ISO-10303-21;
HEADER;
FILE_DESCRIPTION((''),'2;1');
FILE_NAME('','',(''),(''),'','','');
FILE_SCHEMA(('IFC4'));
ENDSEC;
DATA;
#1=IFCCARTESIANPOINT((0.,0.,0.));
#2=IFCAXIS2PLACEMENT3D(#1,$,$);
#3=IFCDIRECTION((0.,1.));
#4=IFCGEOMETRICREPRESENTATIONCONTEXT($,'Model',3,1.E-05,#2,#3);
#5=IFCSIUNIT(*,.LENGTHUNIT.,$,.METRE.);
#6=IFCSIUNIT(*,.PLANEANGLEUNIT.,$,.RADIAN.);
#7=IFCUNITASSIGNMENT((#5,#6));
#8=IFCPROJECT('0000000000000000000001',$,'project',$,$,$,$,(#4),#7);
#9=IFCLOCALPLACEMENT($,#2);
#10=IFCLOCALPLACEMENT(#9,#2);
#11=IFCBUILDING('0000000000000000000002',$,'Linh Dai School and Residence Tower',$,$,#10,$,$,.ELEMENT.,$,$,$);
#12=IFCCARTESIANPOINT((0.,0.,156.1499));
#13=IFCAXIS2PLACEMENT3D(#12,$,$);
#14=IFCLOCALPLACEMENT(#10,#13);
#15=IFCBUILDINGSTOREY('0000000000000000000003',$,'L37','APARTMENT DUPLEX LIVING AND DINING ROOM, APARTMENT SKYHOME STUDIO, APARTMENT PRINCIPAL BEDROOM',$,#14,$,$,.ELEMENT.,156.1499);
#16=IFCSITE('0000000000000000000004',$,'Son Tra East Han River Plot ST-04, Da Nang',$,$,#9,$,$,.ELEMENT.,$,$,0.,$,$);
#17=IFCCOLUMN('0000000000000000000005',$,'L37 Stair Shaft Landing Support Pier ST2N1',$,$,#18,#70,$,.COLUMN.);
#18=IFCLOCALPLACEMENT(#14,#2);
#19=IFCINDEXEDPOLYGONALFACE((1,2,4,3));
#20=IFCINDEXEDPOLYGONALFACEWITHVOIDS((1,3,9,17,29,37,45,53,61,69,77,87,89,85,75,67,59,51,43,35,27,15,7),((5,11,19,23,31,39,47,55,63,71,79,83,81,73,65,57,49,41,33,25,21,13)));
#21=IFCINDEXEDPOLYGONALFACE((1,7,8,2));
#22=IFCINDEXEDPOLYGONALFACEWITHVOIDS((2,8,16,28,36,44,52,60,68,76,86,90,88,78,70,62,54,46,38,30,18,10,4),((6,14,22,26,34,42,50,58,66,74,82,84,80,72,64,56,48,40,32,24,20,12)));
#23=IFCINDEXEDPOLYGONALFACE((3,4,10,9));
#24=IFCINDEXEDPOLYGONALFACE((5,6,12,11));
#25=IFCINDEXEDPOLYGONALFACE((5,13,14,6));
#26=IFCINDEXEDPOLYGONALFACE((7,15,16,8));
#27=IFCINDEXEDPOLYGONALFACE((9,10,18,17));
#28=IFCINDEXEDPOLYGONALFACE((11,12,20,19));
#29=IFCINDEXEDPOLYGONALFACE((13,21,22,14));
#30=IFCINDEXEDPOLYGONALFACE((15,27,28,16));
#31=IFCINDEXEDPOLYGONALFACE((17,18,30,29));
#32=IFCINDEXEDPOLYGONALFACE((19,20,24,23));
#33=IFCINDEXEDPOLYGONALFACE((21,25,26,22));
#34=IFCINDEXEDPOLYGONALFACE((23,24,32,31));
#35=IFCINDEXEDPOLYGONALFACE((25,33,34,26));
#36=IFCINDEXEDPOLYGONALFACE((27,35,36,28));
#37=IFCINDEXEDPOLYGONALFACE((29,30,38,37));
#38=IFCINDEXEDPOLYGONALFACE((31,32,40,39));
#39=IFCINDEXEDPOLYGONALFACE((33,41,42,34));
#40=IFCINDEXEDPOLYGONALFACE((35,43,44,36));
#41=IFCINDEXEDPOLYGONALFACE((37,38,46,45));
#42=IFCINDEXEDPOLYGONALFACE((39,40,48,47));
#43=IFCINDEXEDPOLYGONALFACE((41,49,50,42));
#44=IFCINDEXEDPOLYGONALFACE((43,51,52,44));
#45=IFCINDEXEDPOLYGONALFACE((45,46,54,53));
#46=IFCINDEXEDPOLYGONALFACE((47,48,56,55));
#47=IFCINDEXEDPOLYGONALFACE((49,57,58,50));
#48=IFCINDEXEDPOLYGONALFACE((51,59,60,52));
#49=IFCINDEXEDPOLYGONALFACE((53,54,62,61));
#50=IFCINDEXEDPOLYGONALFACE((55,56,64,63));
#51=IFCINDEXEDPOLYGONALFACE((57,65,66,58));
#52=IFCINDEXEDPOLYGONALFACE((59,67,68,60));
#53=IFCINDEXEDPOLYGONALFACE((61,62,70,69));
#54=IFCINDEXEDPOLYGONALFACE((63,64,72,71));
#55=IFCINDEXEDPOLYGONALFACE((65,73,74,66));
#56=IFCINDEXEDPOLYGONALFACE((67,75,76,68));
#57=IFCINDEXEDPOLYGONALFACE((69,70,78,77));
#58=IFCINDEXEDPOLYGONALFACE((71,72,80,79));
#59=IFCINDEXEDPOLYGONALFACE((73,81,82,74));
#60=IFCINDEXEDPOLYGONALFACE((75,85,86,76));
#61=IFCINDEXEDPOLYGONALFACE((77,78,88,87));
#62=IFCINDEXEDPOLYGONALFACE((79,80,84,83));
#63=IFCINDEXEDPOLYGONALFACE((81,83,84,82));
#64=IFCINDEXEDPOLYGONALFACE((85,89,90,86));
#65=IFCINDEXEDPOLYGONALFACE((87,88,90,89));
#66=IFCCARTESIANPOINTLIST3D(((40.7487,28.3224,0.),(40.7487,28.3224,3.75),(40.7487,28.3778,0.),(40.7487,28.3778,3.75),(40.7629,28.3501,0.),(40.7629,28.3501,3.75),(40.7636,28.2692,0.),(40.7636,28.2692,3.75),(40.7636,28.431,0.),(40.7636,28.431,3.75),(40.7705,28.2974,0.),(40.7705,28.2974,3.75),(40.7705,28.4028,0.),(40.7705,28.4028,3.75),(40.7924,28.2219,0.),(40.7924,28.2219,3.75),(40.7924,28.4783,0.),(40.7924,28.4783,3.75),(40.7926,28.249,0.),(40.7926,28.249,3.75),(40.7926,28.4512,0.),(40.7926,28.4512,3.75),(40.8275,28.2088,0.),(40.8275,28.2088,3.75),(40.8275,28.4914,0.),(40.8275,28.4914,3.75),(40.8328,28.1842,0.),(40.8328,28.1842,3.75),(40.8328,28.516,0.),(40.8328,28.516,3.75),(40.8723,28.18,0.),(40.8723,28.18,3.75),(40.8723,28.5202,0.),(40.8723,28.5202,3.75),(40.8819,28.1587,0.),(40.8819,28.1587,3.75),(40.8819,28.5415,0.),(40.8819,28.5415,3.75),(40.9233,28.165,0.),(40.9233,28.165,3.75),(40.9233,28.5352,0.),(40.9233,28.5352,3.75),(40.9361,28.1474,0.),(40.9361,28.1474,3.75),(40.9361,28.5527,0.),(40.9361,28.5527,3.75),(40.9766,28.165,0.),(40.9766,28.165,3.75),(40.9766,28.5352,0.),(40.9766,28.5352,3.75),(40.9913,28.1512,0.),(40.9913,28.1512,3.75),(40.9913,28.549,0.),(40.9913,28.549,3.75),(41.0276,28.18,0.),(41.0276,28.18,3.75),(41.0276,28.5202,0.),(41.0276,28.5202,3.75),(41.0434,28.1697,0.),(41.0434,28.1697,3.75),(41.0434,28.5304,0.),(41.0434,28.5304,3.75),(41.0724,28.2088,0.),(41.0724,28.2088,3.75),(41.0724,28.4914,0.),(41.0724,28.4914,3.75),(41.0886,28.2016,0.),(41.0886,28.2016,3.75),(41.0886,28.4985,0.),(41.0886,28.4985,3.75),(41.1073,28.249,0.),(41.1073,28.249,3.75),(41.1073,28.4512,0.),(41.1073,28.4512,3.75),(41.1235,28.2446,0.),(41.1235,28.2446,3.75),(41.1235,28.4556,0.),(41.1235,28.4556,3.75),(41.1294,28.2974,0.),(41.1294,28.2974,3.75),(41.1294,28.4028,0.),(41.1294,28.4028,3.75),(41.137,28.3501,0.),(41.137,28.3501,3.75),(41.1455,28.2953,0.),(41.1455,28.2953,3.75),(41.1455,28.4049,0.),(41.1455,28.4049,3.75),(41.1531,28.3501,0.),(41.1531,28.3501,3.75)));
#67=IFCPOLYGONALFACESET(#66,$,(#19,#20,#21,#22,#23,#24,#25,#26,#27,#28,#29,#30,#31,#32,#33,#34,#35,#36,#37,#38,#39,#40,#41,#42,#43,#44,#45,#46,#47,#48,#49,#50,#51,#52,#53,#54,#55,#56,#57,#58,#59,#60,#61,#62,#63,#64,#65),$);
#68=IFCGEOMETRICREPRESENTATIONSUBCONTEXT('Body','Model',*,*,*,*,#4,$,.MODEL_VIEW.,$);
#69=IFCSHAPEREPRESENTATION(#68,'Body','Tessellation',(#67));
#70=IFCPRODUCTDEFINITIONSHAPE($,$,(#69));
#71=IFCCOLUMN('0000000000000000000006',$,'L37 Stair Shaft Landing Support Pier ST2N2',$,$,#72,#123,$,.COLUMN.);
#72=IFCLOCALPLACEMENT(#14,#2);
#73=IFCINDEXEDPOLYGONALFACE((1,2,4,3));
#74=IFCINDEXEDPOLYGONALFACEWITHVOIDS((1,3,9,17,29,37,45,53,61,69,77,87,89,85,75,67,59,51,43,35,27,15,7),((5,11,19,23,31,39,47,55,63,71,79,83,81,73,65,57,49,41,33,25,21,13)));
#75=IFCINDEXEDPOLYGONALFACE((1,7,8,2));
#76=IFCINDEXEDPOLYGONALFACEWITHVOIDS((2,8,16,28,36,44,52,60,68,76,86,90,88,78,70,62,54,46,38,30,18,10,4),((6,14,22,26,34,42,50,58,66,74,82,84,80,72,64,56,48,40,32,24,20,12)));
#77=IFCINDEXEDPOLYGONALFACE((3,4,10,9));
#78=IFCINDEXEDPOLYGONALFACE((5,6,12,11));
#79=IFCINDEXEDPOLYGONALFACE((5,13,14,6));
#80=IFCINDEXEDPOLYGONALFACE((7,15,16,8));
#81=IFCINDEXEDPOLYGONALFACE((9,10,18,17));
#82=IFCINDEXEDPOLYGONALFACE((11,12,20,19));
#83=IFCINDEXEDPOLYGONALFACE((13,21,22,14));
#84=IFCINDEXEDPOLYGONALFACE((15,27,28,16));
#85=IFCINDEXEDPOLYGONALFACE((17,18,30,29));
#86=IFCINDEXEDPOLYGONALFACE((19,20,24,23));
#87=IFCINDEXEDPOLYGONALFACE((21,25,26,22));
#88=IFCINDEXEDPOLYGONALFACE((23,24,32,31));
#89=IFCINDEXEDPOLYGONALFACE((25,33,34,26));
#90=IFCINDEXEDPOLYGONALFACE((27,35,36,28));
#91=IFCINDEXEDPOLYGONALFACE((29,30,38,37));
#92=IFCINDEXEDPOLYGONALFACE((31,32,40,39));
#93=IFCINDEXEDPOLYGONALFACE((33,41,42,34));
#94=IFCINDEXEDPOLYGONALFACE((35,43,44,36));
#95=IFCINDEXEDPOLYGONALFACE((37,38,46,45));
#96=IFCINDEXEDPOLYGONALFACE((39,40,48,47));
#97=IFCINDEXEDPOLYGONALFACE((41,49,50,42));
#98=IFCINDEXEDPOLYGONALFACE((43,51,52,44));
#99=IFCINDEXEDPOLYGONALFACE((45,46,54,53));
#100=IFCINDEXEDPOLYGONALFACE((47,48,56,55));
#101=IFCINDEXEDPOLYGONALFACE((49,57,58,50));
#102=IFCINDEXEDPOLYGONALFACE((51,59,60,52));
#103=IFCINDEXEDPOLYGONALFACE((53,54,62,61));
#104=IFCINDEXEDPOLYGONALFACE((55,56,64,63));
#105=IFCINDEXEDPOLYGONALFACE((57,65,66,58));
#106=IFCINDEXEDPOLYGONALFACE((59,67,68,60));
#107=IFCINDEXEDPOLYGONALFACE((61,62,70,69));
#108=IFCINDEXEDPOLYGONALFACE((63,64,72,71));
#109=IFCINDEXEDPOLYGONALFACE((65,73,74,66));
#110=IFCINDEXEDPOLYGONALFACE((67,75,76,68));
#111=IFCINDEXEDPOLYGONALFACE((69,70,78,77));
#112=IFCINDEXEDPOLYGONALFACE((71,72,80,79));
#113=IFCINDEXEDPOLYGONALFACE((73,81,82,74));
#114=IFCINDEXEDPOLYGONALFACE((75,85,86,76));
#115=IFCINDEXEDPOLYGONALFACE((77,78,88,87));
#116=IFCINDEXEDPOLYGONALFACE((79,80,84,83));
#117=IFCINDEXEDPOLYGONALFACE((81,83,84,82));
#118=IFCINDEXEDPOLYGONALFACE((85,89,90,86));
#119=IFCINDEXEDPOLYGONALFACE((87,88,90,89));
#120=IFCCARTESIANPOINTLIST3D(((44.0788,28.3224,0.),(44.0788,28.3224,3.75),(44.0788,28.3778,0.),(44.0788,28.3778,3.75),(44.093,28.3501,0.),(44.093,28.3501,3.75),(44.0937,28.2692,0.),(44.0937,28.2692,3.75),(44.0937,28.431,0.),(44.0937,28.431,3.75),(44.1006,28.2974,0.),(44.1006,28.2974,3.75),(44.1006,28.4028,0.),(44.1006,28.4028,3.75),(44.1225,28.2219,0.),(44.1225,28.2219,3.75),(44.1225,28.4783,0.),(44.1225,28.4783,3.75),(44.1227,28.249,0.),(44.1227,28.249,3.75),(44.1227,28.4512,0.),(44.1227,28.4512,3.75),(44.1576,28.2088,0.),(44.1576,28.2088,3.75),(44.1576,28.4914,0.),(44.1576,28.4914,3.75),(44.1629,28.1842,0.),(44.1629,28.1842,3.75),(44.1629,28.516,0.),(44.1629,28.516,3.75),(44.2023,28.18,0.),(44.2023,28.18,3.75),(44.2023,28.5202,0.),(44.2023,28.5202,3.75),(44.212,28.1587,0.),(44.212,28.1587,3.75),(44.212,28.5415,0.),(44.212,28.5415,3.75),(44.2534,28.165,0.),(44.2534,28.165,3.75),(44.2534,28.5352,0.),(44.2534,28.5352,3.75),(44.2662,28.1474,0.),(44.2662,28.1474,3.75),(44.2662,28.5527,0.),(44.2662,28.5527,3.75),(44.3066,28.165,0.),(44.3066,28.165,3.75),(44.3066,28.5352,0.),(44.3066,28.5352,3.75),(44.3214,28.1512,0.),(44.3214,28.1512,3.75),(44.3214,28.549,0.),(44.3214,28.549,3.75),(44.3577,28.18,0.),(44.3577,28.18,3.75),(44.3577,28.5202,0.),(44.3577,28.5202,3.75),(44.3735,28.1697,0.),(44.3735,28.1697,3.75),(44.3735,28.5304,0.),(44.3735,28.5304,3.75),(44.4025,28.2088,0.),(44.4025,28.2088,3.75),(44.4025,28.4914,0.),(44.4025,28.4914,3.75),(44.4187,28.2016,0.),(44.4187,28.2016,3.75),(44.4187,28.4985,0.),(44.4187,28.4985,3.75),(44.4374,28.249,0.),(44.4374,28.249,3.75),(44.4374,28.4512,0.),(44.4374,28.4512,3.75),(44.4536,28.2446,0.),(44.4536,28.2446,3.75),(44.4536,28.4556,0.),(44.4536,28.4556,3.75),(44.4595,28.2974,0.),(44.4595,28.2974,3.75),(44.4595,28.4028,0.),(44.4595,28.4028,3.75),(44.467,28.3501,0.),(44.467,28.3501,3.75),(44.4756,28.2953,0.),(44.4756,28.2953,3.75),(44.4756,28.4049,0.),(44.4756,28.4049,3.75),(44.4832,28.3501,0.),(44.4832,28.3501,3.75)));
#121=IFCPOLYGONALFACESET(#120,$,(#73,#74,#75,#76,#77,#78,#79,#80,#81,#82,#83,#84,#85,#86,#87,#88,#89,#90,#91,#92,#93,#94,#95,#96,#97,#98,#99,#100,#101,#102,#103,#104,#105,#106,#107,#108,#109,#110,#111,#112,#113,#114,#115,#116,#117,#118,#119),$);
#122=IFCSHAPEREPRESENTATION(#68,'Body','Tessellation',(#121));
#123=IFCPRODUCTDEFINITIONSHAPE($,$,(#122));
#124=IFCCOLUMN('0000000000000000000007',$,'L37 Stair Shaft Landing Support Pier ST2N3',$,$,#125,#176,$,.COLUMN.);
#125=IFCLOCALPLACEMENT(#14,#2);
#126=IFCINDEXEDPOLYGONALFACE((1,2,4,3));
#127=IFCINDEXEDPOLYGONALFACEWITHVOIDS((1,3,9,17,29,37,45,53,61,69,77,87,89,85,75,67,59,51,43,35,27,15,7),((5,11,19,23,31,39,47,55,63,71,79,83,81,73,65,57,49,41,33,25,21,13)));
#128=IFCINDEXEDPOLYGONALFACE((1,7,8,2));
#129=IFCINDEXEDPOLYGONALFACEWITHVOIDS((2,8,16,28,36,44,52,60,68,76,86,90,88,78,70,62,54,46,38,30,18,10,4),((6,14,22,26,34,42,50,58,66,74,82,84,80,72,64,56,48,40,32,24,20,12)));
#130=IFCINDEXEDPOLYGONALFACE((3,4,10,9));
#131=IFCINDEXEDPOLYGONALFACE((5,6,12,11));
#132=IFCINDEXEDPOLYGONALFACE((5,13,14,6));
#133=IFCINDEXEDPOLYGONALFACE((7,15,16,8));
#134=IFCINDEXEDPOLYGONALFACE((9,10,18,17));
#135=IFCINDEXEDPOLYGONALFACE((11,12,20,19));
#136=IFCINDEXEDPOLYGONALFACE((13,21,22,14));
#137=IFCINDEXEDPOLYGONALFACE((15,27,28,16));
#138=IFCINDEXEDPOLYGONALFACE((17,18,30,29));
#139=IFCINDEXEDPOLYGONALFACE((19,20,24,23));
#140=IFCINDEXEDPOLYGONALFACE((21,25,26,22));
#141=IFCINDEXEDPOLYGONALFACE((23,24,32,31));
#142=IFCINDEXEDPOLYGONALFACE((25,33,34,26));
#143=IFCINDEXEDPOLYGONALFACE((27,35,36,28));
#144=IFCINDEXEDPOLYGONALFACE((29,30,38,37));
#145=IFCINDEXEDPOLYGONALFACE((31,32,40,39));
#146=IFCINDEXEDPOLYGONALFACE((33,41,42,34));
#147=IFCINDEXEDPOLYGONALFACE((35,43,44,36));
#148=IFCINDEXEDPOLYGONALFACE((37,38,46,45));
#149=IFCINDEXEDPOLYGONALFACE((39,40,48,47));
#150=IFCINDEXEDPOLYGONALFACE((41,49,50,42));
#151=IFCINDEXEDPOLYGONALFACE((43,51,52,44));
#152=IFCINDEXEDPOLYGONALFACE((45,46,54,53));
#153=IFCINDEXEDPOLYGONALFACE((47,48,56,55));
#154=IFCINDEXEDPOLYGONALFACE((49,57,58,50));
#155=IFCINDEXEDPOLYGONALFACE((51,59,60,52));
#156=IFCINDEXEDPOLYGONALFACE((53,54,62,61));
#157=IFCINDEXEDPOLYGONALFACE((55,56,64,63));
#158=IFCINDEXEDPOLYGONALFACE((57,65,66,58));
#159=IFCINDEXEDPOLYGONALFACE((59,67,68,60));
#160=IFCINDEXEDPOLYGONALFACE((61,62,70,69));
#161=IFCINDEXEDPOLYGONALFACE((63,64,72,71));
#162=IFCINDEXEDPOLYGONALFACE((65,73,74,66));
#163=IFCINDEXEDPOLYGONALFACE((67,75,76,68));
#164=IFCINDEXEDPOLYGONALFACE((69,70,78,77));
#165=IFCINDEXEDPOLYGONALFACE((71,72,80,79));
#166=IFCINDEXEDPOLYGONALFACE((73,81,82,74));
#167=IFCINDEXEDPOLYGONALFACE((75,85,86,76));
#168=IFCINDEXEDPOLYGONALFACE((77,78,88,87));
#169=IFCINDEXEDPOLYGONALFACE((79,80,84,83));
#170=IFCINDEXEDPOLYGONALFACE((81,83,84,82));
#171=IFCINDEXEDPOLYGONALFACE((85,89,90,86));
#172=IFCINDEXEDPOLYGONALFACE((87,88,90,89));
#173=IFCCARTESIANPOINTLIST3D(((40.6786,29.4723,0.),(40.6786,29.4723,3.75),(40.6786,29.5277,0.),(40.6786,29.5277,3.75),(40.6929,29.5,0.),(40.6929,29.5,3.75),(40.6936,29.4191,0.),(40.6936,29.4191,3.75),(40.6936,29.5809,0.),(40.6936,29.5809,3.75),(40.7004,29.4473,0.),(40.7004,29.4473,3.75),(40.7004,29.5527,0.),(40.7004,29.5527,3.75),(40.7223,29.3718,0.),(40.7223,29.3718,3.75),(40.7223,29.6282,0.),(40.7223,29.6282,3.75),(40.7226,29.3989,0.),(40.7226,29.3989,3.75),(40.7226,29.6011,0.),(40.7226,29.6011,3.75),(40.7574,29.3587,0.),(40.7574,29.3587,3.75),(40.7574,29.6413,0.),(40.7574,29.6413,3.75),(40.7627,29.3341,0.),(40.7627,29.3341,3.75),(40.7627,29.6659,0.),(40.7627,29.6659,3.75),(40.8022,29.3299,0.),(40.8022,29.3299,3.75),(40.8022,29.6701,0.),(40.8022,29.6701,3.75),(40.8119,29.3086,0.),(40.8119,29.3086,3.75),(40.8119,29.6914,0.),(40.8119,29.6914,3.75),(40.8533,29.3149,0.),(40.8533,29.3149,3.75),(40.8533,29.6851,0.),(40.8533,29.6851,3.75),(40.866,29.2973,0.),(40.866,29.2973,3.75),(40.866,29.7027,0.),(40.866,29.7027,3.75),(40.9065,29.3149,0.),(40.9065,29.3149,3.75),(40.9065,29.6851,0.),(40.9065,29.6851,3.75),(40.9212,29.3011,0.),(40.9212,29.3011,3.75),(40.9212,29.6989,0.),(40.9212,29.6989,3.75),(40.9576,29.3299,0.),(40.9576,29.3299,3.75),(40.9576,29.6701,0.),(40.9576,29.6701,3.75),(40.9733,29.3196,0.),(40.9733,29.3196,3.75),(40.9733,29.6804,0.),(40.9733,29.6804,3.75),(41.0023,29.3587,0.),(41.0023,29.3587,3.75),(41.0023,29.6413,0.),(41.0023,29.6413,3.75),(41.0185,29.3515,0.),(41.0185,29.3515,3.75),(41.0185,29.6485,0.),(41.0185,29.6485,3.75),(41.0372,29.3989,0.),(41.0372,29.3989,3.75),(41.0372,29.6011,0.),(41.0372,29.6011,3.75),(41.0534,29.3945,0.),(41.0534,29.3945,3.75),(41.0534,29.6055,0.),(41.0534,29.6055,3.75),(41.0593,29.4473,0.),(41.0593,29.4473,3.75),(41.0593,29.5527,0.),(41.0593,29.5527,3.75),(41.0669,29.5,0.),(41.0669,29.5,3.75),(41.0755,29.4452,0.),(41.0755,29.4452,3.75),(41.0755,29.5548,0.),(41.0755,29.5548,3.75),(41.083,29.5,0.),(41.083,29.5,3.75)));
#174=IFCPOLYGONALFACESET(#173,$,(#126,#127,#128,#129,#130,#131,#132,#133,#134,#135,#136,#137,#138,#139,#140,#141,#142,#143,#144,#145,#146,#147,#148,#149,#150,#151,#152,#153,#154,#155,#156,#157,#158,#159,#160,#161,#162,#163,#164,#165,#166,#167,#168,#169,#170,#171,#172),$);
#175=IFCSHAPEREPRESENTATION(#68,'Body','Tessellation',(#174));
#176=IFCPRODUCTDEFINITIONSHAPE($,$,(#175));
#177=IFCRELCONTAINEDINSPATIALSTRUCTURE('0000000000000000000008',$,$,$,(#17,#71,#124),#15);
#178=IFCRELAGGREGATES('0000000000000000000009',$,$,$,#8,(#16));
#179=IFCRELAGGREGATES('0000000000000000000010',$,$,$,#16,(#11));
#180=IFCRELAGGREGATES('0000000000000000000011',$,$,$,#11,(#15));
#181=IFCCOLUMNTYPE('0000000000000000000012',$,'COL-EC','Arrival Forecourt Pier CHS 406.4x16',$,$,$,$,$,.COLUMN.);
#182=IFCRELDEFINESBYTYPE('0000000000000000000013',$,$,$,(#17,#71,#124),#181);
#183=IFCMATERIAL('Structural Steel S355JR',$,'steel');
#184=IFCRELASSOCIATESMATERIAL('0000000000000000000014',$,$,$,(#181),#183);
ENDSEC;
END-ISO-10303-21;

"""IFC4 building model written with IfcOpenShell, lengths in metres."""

from ifc_helpers import new_model, si_unit, direction, frame, origin, origin_2d, place, context, subcontext, project, spatial, hollow_circle, extrude, material, material_profile, profile_set, type_object, element, save


model = new_model("IFC4")

# Units and contexts
model_context = context("Model", 3, precision=1e-05, world=origin(), true_north=direction((0.0, 1.0)))
body_context = subcontext(model_context, "Body", "Model", "MODEL_VIEW")
ifc_project = project(units=[si_unit("LENGTHUNIT", "METRE"), si_unit("PLANEANGLEUNIT", "RADIAN")], contexts=[model_context])

# Site, building, storey
site_placement = place(None, origin())
site = spatial("IfcSite", under=ifc_project, at=site_placement, Name="Son Tra East Han River Plot ST-04, Da Nang", CompositionType="ELEMENT", RefElevation=0.0)
building_placement = place(site_placement, origin())
building = spatial("IfcBuilding", under=site, at=building_placement, Name="Linh Dai School and Residence Tower", CompositionType="ELEMENT")
storey_placement = place(building_placement, frame((0.0, 0.0, 156.1499)))
storey = spatial("IfcBuildingStorey", under=building, at=storey_placement, Name="L37", Description="APARTMENT DUPLEX LIVING AND DINING ROOM, APARTMENT SKYHOME STUDIO, APARTMENT PRINCIPAL BEDROOM", CompositionType="ELEMENT", Elevation=156.1499)

# Columns
ifc_material_1 = material(Name="Structural Steel S355JR", Category="steel")
ifc_material_profile_1 = material_profile(ifc_material_1, hollow_circle(Radius=0.2031, WallThickness=0.0161, at=origin_2d()), Name="CHS 406.4x16")
ifc_profile_set_1 = profile_set([ifc_material_profile_1], Name="Structural Steel S355JR")
column_type_1 = type_object("IfcColumnType", Name="COL-EC", Description="Arrival Forecourt Pier CHS 406.4x16", PredefinedType="COLUMN", material=ifc_profile_set_1)
for number, where, z_axis, x_axis, name in (
    (1, (40.95, 28.3501, 0.0), (0.0, 0.0, 1.0), (1.0, 0.0, 0.0), "L37 Stair Shaft Landing Support Pier ST2N1"),
    (2, (44.28, 28.3501, 0.0), (0.0, 0.0, 1.0), (1.0, 0.0, 0.0), "L37 Stair Shaft Landing Support Pier ST2N2"),
    (3, (40.8799, 29.5, 0.0), (0.0, 0.0, 1.0), (1.0, 0.0, 0.0), "L37 Stair Shaft Landing Support Pier ST2N3"),
):
    element("IfcColumn", number, at=place(storey_placement, frame(where, z_axis=z_axis, x_axis=x_axis)), inside=storey, type_object=column_type_1, Name=name, PredefinedType="COLUMN", context=body_context, shape_type="SweptSolid", body=[
        extrude(hollow_circle(Radius=0.2031, WallThickness=0.0161, at=origin_2d()), origin(), (0.0, 0.0, 1.0), 3.75),
    ])

save(model, "model.ifc")
